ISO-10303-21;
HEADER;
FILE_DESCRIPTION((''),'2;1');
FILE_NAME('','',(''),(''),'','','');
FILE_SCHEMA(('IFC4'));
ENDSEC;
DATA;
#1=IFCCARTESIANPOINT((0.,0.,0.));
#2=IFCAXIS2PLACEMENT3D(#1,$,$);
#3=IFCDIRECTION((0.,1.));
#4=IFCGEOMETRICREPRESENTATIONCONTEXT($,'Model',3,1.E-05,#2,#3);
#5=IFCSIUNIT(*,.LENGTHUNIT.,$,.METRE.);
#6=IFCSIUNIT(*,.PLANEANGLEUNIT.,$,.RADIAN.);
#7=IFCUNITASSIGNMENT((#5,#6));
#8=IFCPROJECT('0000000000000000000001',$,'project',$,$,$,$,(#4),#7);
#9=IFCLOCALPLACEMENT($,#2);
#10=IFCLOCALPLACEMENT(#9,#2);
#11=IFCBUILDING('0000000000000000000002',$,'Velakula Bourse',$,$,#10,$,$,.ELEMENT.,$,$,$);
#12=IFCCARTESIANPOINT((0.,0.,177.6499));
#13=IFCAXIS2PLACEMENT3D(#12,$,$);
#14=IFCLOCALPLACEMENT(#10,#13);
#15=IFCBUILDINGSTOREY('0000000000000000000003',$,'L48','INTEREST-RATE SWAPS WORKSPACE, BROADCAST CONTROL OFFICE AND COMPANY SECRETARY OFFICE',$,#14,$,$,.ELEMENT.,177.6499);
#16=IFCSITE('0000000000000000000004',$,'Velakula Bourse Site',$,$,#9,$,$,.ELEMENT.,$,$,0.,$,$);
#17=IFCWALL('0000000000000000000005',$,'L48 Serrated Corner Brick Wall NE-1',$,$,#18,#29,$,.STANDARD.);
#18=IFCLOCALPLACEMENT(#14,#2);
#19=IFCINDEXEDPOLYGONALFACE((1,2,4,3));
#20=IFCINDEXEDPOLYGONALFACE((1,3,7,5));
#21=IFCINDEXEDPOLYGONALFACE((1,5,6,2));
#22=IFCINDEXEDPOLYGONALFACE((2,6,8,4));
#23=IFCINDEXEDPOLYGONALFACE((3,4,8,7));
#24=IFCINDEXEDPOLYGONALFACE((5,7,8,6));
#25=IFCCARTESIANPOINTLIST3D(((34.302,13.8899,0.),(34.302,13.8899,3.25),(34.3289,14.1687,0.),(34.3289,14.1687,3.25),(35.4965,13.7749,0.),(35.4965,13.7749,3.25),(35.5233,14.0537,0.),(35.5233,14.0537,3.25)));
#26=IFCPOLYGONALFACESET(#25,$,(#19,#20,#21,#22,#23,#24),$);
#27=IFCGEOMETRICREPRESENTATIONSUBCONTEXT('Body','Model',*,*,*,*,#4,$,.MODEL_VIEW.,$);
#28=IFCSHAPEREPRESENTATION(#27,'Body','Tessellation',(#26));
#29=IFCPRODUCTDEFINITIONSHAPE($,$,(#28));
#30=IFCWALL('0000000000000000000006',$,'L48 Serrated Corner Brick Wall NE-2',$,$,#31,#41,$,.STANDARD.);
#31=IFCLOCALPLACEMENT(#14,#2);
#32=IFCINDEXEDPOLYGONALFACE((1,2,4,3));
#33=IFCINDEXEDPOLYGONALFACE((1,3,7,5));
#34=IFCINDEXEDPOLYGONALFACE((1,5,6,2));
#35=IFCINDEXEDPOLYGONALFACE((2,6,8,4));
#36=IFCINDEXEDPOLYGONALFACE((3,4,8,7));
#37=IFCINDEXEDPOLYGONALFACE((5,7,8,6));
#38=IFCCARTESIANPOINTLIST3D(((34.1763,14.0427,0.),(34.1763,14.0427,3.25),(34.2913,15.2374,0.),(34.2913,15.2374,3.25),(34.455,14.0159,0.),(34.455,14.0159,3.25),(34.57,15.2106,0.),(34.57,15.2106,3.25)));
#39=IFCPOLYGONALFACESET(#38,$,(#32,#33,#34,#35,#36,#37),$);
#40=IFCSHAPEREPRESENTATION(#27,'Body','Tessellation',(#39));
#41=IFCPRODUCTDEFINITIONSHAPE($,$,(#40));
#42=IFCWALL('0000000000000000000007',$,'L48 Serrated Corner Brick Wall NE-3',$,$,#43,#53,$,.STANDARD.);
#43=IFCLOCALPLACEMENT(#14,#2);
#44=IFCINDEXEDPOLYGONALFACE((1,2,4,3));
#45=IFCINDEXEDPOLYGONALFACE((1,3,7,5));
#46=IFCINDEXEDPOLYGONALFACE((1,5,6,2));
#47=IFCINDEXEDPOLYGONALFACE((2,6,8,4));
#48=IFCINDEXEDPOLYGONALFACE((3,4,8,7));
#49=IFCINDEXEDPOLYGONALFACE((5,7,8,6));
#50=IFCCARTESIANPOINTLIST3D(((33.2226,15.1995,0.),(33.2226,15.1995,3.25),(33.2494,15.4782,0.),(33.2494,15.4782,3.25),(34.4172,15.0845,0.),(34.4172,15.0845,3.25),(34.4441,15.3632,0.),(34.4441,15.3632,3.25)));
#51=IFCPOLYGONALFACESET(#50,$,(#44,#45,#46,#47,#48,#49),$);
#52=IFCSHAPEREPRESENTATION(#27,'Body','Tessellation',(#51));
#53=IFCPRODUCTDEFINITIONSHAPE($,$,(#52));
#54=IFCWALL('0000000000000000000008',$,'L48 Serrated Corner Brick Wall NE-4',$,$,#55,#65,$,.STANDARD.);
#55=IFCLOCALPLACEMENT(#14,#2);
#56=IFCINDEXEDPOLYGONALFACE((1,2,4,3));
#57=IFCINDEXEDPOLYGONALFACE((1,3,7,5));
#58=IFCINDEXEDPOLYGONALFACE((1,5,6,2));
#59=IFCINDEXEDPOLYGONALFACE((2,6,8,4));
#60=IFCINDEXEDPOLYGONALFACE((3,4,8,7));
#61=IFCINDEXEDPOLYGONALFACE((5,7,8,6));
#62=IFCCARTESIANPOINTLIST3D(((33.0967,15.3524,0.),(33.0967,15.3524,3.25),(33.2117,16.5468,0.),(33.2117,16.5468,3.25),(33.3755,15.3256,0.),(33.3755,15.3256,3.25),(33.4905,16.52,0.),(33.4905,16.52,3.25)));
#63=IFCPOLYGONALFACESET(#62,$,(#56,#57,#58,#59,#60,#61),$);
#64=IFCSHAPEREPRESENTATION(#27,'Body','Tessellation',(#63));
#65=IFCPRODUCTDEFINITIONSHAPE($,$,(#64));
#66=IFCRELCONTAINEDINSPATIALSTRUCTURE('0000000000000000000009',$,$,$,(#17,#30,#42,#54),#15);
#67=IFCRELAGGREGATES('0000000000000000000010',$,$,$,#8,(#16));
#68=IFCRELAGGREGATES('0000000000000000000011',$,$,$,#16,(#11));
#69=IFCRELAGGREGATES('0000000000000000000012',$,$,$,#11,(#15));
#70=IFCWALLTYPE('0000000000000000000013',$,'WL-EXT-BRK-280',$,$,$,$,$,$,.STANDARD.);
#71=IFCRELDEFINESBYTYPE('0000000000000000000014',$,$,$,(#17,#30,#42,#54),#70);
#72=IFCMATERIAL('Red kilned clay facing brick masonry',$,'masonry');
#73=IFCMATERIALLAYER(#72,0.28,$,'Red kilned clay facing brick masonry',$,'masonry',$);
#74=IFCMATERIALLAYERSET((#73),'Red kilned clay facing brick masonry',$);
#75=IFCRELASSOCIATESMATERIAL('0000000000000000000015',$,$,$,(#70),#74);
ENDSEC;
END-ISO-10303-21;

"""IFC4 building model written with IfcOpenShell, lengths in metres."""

from ifc_helpers import new_model, si_unit, direction, frame, frame_2d, origin, place, context, subcontext, project, spatial, rectangle, extrude, material, layer, layer_set, type_object, element, save


model = new_model("IFC4")

# Units and contexts
model_context = context("Model", 3, precision=1e-05, world=origin(), true_north=direction((0.0, 1.0)))
body_context = subcontext(model_context, "Body", "Model", "MODEL_VIEW")
ifc_project = project(units=[si_unit("LENGTHUNIT", "METRE"), si_unit("PLANEANGLEUNIT", "RADIAN")], contexts=[model_context])

# Site, building, storey
site_placement = place(None, origin())
site = spatial("IfcSite", under=ifc_project, at=site_placement, Name="Velakula Bourse Site", CompositionType="ELEMENT", RefElevation=0.0)
building_placement = place(site_placement, origin())
building = spatial("IfcBuilding", under=site, at=building_placement, Name="Velakula Bourse", CompositionType="ELEMENT")
storey_placement = place(building_placement, frame((0.0, 0.0, 177.6499)))
storey = spatial("IfcBuildingStorey", under=building, at=storey_placement, Name="L48", Description="INTEREST-RATE SWAPS WORKSPACE, BROADCAST CONTROL OFFICE AND COMPANY SECRETARY OFFICE", CompositionType="ELEMENT", Elevation=177.6499)

# Shared definitions
ifc_material_1 = material(Name="Red kilned clay facing brick masonry", Category="masonry")
ifc_layer = layer(ifc_material_1, 0.28, Name="Red kilned clay facing brick masonry", Category="masonry")
ifc_layer_set = layer_set([ifc_layer], Name="Red kilned clay facing brick masonry")
wall_type = type_object("IfcWallType", Name="WL-EXT-BRK-280", PredefinedType="STANDARD", material=ifc_layer_set)

# Walls
wall_1_placement = place(storey_placement, frame((35.51, 13.9143, 0.0), z_axis=(0.0, 0.0, 1.0), x_axis=(-0.995397, 0.095836, 0.0)))
element("IfcWall", 1, at=wall_1_placement, inside=storey, type_object=wall_type, Name="L48 Serrated Corner Brick Wall NE-1", PredefinedType="STANDARD", context=body_context, shape_type="SweptSolid", body=[
    extrude(rectangle(XDim=1.2, YDim=0.28, at=frame_2d((0.6001, 0.0))), origin(), (0.0, 0.0, 1.0), 3.25),
])
for number, where, z_axis, x_axis, name in (
    (2, (34.3157, 14.0293, 0.0), (0.0, 0.0, 1.0), (0.095817, 0.995399, 0.0), "L48 Serrated Corner Brick Wall NE-2"),
    (3, (34.4307, 15.2239, 0.0), (0.0, 0.0, 1.0), (-0.995399, 0.095817, 0.0), "L48 Serrated Corner Brick Wall NE-3"),
):
    element("IfcWall", number, at=place(storey_placement, frame(where, z_axis=z_axis, x_axis=x_axis)), inside=storey, type_object=wall_type, Name=name, PredefinedType="STANDARD", context=body_context, shape_type="SweptSolid", body=[
        extrude(rectangle(XDim=1.2002, YDim=0.28, at=frame_2d((0.6001, 0.0))), origin(), (0.0, 0.0, 1.0), 3.25),
    ])
wall_2_placement = place(storey_placement, frame((33.2361, 15.3389, 0.0), z_axis=(0.0, 0.0, 1.0), x_axis=(0.095836, 0.995397, 0.0)))
element("IfcWall", 4, at=wall_2_placement, inside=storey, type_object=wall_type, Name="L48 Serrated Corner Brick Wall NE-4", PredefinedType="STANDARD", context=body_context, shape_type="SweptSolid", body=[
    extrude(rectangle(XDim=1.2, YDim=0.28, at=frame_2d((0.6001, 0.0))), origin(), (0.0, 0.0, 1.0), 3.25),
])

save(model, "model.ifc")
